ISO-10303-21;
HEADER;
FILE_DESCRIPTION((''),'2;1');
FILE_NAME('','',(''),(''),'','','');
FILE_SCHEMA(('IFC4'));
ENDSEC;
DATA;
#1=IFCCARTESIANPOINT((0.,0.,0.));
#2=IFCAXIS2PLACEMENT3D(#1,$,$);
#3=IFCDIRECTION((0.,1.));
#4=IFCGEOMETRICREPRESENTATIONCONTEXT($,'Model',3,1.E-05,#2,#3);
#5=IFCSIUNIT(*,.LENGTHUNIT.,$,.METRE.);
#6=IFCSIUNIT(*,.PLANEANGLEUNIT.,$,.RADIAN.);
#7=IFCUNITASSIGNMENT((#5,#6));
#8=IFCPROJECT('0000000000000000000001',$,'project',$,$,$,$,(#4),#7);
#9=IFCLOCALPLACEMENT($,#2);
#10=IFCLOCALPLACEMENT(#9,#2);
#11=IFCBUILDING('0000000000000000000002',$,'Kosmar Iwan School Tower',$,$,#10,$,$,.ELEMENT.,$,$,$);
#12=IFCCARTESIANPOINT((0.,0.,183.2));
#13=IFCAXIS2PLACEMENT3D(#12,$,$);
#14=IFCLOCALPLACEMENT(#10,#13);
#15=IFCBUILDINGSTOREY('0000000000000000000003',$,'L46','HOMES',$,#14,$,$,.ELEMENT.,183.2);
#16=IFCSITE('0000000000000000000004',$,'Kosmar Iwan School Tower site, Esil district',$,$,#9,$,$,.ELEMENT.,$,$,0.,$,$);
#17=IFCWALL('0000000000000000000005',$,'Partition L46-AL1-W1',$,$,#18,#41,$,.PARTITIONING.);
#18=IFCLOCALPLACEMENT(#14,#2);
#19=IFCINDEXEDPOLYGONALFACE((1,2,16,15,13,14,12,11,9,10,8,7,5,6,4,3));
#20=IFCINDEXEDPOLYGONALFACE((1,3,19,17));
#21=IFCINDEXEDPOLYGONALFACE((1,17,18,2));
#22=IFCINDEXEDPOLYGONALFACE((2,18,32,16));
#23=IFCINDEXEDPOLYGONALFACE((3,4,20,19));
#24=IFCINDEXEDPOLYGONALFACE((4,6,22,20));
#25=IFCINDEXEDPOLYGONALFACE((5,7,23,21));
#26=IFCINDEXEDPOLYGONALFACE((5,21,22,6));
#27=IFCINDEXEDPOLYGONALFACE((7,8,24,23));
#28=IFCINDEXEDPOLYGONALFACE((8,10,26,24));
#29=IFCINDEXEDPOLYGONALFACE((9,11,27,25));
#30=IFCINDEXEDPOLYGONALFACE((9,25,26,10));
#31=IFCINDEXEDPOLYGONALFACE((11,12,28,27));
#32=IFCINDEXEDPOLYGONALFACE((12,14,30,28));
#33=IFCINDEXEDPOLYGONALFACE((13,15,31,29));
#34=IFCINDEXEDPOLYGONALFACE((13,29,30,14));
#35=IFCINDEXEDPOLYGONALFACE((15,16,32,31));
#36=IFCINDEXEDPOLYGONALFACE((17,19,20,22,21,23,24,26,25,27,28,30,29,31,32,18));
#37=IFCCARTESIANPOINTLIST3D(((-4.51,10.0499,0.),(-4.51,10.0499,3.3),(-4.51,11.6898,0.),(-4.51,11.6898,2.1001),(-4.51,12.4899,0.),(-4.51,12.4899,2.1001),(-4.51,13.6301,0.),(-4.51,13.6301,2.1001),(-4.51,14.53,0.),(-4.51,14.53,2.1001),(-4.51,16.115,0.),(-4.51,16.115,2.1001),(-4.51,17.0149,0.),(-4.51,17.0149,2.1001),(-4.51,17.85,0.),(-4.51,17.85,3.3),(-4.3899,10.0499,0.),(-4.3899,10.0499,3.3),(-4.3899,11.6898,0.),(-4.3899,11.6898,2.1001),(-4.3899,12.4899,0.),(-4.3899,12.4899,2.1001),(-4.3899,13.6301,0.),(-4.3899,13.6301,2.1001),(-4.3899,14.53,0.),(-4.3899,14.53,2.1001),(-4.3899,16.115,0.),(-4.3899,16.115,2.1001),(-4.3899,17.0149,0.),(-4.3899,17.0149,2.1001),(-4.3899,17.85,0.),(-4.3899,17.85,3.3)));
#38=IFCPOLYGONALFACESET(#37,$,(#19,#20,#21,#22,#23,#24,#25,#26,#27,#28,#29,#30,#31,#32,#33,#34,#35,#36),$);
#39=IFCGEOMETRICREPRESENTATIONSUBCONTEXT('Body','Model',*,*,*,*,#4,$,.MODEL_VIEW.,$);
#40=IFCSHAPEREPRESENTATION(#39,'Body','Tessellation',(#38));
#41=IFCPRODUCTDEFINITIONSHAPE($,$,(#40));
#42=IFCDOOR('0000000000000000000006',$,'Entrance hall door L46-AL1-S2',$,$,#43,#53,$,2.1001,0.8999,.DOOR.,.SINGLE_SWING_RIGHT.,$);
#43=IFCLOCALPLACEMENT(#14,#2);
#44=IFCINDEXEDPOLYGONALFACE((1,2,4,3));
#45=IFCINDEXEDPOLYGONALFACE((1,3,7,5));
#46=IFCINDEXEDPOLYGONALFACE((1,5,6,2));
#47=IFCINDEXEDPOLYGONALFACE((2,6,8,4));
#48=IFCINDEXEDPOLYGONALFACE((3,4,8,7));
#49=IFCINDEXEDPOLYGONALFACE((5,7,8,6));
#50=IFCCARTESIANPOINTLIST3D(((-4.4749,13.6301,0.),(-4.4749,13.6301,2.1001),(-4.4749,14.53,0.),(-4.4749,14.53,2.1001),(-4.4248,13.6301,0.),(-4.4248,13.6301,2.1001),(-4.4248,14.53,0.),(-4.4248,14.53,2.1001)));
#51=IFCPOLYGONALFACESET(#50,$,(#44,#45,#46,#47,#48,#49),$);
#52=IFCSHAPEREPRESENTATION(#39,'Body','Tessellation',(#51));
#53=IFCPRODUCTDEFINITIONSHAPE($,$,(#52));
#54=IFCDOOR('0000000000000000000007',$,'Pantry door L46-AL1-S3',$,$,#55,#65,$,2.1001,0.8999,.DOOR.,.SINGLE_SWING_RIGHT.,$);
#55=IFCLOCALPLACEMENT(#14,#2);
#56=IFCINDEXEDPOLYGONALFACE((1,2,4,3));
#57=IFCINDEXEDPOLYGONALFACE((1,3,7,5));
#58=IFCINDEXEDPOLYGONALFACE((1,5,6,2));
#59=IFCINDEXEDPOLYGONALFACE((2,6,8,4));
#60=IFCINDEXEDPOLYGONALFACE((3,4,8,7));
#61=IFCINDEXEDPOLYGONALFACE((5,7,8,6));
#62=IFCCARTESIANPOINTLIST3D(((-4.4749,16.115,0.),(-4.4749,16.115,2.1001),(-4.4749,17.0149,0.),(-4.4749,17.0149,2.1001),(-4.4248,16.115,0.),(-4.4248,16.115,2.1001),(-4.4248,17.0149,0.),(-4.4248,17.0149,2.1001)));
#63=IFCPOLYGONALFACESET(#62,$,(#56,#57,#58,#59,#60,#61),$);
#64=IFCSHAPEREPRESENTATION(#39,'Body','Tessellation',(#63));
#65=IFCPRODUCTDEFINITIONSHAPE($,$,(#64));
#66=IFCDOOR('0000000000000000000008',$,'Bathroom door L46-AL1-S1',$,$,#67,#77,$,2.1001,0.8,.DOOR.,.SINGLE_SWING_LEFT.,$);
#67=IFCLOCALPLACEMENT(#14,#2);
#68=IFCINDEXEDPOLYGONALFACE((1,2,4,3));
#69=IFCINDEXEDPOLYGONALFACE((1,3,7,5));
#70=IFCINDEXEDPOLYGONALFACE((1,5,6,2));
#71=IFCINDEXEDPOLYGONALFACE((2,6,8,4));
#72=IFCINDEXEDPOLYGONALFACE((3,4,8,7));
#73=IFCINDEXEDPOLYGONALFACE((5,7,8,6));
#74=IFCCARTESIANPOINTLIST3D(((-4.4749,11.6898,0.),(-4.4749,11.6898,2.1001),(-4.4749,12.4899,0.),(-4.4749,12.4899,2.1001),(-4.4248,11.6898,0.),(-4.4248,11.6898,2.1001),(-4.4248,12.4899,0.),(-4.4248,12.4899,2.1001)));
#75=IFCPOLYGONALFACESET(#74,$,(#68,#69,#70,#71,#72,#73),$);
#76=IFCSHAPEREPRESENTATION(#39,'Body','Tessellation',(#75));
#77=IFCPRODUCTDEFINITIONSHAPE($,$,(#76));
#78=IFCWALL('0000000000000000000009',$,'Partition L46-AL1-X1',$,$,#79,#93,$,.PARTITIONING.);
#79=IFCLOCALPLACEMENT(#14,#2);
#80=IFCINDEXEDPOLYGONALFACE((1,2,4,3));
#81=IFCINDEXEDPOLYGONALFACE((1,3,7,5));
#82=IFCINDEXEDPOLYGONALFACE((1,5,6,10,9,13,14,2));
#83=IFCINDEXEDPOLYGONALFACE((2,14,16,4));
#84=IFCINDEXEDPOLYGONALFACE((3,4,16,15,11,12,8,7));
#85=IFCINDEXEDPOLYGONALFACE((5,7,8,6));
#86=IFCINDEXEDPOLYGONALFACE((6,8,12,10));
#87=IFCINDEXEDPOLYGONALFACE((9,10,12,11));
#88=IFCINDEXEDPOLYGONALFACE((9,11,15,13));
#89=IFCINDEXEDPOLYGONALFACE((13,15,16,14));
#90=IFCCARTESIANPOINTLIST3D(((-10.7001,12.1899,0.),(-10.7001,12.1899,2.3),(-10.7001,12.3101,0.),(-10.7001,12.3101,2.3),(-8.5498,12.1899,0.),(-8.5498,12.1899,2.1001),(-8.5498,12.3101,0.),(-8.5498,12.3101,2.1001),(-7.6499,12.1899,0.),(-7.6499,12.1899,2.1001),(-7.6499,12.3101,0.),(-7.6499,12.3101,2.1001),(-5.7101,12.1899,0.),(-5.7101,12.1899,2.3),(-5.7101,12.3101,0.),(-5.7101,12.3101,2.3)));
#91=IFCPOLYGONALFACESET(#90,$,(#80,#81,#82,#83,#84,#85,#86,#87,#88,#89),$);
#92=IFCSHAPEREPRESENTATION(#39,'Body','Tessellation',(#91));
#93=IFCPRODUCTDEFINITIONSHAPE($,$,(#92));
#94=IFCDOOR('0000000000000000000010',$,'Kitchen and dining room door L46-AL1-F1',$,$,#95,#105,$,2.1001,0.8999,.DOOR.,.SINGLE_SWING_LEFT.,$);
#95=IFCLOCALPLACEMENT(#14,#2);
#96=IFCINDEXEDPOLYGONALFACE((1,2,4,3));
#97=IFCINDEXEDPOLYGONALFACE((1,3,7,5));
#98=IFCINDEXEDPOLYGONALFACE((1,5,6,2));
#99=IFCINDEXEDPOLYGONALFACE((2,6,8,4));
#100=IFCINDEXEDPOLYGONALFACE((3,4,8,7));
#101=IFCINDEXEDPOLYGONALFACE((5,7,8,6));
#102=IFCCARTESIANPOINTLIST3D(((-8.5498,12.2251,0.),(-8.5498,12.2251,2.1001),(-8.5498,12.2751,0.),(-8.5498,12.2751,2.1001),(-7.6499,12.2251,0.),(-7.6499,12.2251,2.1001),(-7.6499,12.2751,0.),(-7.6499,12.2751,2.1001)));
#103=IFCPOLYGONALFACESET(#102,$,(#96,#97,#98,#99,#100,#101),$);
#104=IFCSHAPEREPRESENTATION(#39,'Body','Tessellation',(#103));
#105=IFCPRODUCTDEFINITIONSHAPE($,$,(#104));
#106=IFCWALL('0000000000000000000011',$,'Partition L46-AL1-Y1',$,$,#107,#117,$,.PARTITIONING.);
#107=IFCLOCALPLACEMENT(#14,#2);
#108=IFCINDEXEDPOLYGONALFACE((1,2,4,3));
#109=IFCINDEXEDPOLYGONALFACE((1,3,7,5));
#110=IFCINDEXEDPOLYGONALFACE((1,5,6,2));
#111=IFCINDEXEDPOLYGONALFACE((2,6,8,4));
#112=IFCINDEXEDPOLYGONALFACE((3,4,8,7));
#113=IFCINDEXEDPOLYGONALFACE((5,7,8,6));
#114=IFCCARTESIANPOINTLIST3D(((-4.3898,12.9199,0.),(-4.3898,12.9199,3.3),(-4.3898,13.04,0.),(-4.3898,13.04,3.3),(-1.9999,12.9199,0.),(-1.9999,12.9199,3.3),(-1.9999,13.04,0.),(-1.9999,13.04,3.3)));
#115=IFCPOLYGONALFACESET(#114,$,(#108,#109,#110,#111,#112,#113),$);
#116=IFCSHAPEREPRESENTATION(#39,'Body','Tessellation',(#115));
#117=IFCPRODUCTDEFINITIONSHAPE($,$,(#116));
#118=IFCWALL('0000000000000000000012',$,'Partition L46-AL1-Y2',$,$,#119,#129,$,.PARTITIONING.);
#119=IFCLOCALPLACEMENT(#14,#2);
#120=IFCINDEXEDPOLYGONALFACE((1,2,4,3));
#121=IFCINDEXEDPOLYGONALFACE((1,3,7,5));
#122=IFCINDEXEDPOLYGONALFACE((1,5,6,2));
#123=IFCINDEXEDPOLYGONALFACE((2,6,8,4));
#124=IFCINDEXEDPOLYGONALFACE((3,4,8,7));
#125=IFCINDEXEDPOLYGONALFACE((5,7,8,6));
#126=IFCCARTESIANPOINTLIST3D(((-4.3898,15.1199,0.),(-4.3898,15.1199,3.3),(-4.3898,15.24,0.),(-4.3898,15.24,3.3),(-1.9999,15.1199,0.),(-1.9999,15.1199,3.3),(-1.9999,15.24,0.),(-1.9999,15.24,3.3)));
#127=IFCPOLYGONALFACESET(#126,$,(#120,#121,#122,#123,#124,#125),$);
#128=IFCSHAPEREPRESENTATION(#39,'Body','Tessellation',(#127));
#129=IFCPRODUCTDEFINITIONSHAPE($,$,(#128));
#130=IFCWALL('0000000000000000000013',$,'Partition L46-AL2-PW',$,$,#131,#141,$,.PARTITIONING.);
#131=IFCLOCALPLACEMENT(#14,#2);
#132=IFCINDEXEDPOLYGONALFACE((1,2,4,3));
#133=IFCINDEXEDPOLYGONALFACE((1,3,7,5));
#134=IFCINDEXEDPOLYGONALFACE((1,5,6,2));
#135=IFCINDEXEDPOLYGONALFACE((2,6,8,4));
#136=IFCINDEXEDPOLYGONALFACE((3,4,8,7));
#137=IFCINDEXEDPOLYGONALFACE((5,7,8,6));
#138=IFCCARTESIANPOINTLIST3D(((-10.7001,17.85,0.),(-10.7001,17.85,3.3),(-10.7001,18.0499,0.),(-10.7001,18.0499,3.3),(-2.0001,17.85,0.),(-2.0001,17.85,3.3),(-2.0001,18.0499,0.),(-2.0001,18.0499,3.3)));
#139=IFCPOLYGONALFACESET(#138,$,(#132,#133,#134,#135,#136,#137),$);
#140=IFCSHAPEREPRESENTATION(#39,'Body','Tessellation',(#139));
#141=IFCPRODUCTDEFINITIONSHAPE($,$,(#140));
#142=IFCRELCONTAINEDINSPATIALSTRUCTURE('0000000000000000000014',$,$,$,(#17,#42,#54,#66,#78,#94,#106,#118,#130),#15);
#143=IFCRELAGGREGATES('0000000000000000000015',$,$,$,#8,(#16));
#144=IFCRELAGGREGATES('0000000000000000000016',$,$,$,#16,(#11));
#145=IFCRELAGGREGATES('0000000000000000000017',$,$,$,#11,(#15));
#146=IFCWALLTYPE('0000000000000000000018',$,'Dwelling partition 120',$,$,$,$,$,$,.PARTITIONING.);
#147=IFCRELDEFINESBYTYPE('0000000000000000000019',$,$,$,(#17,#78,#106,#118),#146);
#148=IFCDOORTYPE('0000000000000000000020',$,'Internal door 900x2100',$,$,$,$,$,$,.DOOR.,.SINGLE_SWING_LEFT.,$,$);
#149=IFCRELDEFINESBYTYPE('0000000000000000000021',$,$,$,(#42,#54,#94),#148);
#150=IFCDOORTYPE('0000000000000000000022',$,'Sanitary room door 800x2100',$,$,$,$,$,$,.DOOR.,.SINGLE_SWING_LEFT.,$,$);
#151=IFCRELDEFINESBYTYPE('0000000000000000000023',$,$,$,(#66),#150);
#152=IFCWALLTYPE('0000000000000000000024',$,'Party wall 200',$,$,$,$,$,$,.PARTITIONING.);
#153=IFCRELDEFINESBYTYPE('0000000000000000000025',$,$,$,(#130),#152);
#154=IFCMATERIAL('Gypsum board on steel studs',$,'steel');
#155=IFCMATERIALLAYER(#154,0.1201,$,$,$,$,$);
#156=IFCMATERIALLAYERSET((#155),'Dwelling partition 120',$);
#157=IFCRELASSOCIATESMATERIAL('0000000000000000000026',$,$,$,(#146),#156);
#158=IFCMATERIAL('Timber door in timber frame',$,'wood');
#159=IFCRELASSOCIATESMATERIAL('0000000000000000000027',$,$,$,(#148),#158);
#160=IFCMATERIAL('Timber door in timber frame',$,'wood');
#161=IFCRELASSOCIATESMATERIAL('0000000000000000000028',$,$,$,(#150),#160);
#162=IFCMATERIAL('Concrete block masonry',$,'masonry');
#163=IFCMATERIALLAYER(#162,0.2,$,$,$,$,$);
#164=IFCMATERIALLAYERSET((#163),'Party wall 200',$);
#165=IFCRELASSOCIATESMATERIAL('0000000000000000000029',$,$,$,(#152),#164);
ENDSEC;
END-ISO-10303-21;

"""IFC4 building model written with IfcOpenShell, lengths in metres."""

from ifc_helpers import new_model, si_unit, direction, frame, frame_2d, origin, place, context, subcontext, project, spatial, rectangle, extrude, material, layer, layer_set, type_object, element, fill, save


model = new_model("IFC4")

# Units and contexts
model_context = context("Model", 3, precision=1e-05, world=origin(), true_north=direction((0.0, 1.0)))
body_context = subcontext(model_context, "Body", "Model", "MODEL_VIEW")
ifc_project = project(units=[si_unit("LENGTHUNIT", "METRE"), si_unit("PLANEANGLEUNIT", "RADIAN")], contexts=[model_context])

# Site, building, storey
site_placement = place(None, origin())
site = spatial("IfcSite", under=ifc_project, at=site_placement, Name="Kosmar Iwan School Tower site, Esil district", CompositionType="ELEMENT", RefElevation=0.0)
building_placement = place(site_placement, origin())
building = spatial("IfcBuilding", under=site, at=building_placement, Name="Kosmar Iwan School Tower", CompositionType="ELEMENT")
storey_placement = place(building_placement, frame((0.0, 0.0, 183.2)))
storey = spatial("IfcBuildingStorey", under=building, at=storey_placement, Name="L46", Description="HOMES", CompositionType="ELEMENT", Elevation=183.2)

# Wall, openings, doors
ifc_material_1 = material(Name="Gypsum board on steel studs", Category="steel")
ifc_layer_1 = layer(ifc_material_1, 0.1201)
ifc_layer_set_1 = layer_set([ifc_layer_1], Name="Dwelling partition 120")
wall_type_1 = type_object("IfcWallType", Name="Dwelling partition 120", PredefinedType="PARTITIONING", material=ifc_layer_set_1)
wall_1_placement = place(storey_placement, frame((-4.45, 10.05, 0.0), z_axis=(0.0, 0.0, 1.0), x_axis=(0.0, 1.0, 0.0)))
wall_1 = element("IfcWall", 1, at=wall_1_placement, inside=storey, type_object=wall_type_1, Name="Partition L46-AL1-W1", PredefinedType="PARTITIONING", context=body_context, shape_type="SweptSolid", body=[
    extrude(rectangle(XDim=7.8, YDim=0.1201, at=frame_2d((3.8999, 0.0))), origin(), (0.0, 0.0, 1.0), 3.3),
])
opening_1_placement = place(wall_1_placement, frame((1.6399, 0.0, 0.0)))
opening_1 = element("IfcOpeningElement", 2, at=opening_1_placement, cuts=wall_1, PredefinedType="OPENING", context=body_context, shape_type="SweptSolid", body=[
    extrude(rectangle(XDim=0.8, YDim=2.1001, at=frame_2d((0.3999, 1.05))), frame((0.0, 0.072, 0.0), z_axis=(0.0, -1.0, 0.0), x_axis=(1.0, 0.0, 0.0)), (0.0, 0.0, 1.0), 0.144),
])
opening_2_placement = place(wall_1_placement, frame((3.5801, 0.0, 0.0)))
opening_2 = element("IfcOpeningElement", 3, at=opening_2_placement, cuts=wall_1, PredefinedType="OPENING", context=body_context, shape_type="SweptSolid", body=[
    extrude(rectangle(XDim=0.8999, YDim=2.1001, at=frame_2d((0.45, 1.05))), frame((0.0, 0.072, 0.0), z_axis=(0.0, -1.0, 0.0), x_axis=(1.0, 0.0, 0.0)), (0.0, 0.0, 1.0), 0.144),
])
opening_3_placement = place(wall_1_placement, frame((6.0649, 0.0, 0.0)))
opening_3 = element("IfcOpeningElement", 4, at=opening_3_placement, cuts=wall_1, PredefinedType="OPENING", context=body_context, shape_type="SweptSolid", body=[
    extrude(rectangle(XDim=0.8999, YDim=2.1001, at=frame_2d((0.45, 1.05))), frame((0.0, 0.072, 0.0), z_axis=(0.0, -1.0, 0.0), x_axis=(1.0, 0.0, 0.0)), (0.0, 0.0, 1.0), 0.144),
])
ifc_material_2 = material(Name="Timber door in timber frame", Category="wood")
door_type_1 = type_object("IfcDoorType", Name="Internal door 900x2100", OperationType="SINGLE_SWING_LEFT", PredefinedType="DOOR", material=ifc_material_2)
door_1_placement = place(opening_2_placement, origin())
door_1 = element("IfcDoor", 5, at=door_1_placement, inside=storey, type_object=door_type_1, Name="Entrance hall door L46-AL1-S2", OperationType="SINGLE_SWING_RIGHT", OverallHeight=2.1001, OverallWidth=0.8999, PredefinedType="DOOR", context=body_context, shape_type="SweptSolid", body=[
    extrude(rectangle(XDim=0.8999, YDim=2.1001, at=frame_2d((0.45, 1.05))), frame((0.0, 0.0249, 0.0), z_axis=(0.0, -1.0, 0.0), x_axis=(1.0, 0.0, 0.0)), (0.0, 0.0, 1.0), 0.05),
])
fill(opening_2, door_1)
door_2_placement = place(opening_3_placement, origin())
door_2 = element("IfcDoor", 6, at=door_2_placement, inside=storey, type_object=door_type_1, Name="Pantry door L46-AL1-S3", OperationType="SINGLE_SWING_RIGHT", OverallHeight=2.1001, OverallWidth=0.8999, PredefinedType="DOOR", context=body_context, shape_type="SweptSolid", body=[
    extrude(rectangle(XDim=0.8999, YDim=2.1001, at=frame_2d((0.45, 1.05))), frame((0.0, 0.0249, 0.0), z_axis=(0.0, -1.0, 0.0), x_axis=(1.0, 0.0, 0.0)), (0.0, 0.0, 1.0), 0.05),
])
fill(opening_3, door_2)
ifc_material_3 = material(Name="Timber door in timber frame", Category="wood")
door_type_2 = type_object("IfcDoorType", Name="Sanitary room door 800x2100", OperationType="SINGLE_SWING_LEFT", PredefinedType="DOOR", material=ifc_material_3)
door_3_placement = place(opening_1_placement, origin())
door_3 = element("IfcDoor", 7, at=door_3_placement, inside=storey, type_object=door_type_2, Name="Bathroom door L46-AL1-S1", OperationType="SINGLE_SWING_LEFT", OverallHeight=2.1001, OverallWidth=0.8, PredefinedType="DOOR", context=body_context, shape_type="SweptSolid", body=[
    extrude(rectangle(XDim=0.8, YDim=2.1001, at=frame_2d((0.3999, 1.05))), frame((0.0, 0.0249, 0.0), z_axis=(0.0, -1.0, 0.0), x_axis=(1.0, 0.0, 0.0)), (0.0, 0.0, 1.0), 0.05),
])
fill(opening_1, door_3)

# Wall, opening, door
wall_2_placement = place(storey_placement, frame((-5.71, 12.25, 0.0), z_axis=(0.0, 0.0, 1.0), x_axis=(-1.0, 0.0, 0.0)))
wall_2 = element("IfcWall", 8, at=wall_2_placement, inside=storey, type_object=wall_type_1, Name="Partition L46-AL1-X1", PredefinedType="PARTITIONING", context=body_context, shape_type="SweptSolid", body=[
    extrude(rectangle(XDim=4.99, YDim=0.1201, at=frame_2d((2.4951, 0.0))), origin(), (0.0, 0.0, 1.0), 2.3),
])
opening_4_placement = place(wall_2_placement, frame((1.9399, 0.0, 0.0)))
opening_4 = element("IfcOpeningElement", 9, at=opening_4_placement, cuts=wall_2, PredefinedType="OPENING", context=body_context, shape_type="SweptSolid", body=[
    extrude(rectangle(XDim=0.8999, YDim=2.1001, at=frame_2d((0.45, 1.05))), frame((0.0, 0.072, 0.0), z_axis=(0.0, -1.0, 0.0), x_axis=(1.0, 0.0, 0.0)), (0.0, 0.0, 1.0), 0.144),
])
door_4_placement = place(opening_4_placement, origin())
door_4 = element("IfcDoor", 10, at=door_4_placement, inside=storey, type_object=door_type_1, Name="Kitchen and dining room door L46-AL1-F1", OperationType="SINGLE_SWING_LEFT", OverallHeight=2.1001, OverallWidth=0.8999, PredefinedType="DOOR", context=body_context, shape_type="SweptSolid", body=[
    extrude(rectangle(XDim=0.8999, YDim=2.1001, at=frame_2d((0.45, 1.05))), frame((0.0, 0.0249, 0.0), z_axis=(0.0, -1.0, 0.0), x_axis=(1.0, 0.0, 0.0)), (0.0, 0.0, 1.0), 0.05),
])
fill(opening_4, door_4)

# Walls
for number, where, z_axis, x_axis, name in (
    (11, (-2.0, 12.98, 0.0), (0.0, 0.0, 1.0), (-1.0, 0.0, 0.0), "Partition L46-AL1-Y1"),
    (12, (-2.0, 15.1799, 0.0), (0.0, 0.0, 1.0), (-1.0, 0.0, 0.0), "Partition L46-AL1-Y2"),
):
    element("IfcWall", number, at=place(storey_placement, frame(where, z_axis=z_axis, x_axis=x_axis)), inside=storey, type_object=wall_type_1, Name=name, PredefinedType="PARTITIONING", context=body_context, shape_type="SweptSolid", body=[
        extrude(rectangle(XDim=2.3899, YDim=0.1201, at=frame_2d((1.1948, 0.0))), origin(), (0.0, 0.0, 1.0), 3.3),
    ])
ifc_material_4 = material(Name="Concrete block masonry", Category="masonry")
ifc_layer_2 = layer(ifc_material_4, 0.2)
ifc_layer_set_2 = layer_set([ifc_layer_2], Name="Party wall 200")
wall_type_2 = type_object("IfcWallType", Name="Party wall 200", PredefinedType="PARTITIONING", material=ifc_layer_set_2)
wall_3_placement = place(storey_placement, frame((-2.0, 17.95, 0.0), z_axis=(0.0, 0.0, 1.0), x_axis=(-1.0, 0.0, 0.0)))
element("IfcWall", 13, at=wall_3_placement, inside=storey, type_object=wall_type_2, Name="Partition L46-AL2-PW", PredefinedType="PARTITIONING", context=body_context, shape_type="SweptSolid", body=[
    extrude(rectangle(XDim=8.7, YDim=0.2, at=frame_2d((4.3501, 0.0))), origin(), (0.0, 0.0, 1.0), 3.3),
])

save(model, "model.ifc")
